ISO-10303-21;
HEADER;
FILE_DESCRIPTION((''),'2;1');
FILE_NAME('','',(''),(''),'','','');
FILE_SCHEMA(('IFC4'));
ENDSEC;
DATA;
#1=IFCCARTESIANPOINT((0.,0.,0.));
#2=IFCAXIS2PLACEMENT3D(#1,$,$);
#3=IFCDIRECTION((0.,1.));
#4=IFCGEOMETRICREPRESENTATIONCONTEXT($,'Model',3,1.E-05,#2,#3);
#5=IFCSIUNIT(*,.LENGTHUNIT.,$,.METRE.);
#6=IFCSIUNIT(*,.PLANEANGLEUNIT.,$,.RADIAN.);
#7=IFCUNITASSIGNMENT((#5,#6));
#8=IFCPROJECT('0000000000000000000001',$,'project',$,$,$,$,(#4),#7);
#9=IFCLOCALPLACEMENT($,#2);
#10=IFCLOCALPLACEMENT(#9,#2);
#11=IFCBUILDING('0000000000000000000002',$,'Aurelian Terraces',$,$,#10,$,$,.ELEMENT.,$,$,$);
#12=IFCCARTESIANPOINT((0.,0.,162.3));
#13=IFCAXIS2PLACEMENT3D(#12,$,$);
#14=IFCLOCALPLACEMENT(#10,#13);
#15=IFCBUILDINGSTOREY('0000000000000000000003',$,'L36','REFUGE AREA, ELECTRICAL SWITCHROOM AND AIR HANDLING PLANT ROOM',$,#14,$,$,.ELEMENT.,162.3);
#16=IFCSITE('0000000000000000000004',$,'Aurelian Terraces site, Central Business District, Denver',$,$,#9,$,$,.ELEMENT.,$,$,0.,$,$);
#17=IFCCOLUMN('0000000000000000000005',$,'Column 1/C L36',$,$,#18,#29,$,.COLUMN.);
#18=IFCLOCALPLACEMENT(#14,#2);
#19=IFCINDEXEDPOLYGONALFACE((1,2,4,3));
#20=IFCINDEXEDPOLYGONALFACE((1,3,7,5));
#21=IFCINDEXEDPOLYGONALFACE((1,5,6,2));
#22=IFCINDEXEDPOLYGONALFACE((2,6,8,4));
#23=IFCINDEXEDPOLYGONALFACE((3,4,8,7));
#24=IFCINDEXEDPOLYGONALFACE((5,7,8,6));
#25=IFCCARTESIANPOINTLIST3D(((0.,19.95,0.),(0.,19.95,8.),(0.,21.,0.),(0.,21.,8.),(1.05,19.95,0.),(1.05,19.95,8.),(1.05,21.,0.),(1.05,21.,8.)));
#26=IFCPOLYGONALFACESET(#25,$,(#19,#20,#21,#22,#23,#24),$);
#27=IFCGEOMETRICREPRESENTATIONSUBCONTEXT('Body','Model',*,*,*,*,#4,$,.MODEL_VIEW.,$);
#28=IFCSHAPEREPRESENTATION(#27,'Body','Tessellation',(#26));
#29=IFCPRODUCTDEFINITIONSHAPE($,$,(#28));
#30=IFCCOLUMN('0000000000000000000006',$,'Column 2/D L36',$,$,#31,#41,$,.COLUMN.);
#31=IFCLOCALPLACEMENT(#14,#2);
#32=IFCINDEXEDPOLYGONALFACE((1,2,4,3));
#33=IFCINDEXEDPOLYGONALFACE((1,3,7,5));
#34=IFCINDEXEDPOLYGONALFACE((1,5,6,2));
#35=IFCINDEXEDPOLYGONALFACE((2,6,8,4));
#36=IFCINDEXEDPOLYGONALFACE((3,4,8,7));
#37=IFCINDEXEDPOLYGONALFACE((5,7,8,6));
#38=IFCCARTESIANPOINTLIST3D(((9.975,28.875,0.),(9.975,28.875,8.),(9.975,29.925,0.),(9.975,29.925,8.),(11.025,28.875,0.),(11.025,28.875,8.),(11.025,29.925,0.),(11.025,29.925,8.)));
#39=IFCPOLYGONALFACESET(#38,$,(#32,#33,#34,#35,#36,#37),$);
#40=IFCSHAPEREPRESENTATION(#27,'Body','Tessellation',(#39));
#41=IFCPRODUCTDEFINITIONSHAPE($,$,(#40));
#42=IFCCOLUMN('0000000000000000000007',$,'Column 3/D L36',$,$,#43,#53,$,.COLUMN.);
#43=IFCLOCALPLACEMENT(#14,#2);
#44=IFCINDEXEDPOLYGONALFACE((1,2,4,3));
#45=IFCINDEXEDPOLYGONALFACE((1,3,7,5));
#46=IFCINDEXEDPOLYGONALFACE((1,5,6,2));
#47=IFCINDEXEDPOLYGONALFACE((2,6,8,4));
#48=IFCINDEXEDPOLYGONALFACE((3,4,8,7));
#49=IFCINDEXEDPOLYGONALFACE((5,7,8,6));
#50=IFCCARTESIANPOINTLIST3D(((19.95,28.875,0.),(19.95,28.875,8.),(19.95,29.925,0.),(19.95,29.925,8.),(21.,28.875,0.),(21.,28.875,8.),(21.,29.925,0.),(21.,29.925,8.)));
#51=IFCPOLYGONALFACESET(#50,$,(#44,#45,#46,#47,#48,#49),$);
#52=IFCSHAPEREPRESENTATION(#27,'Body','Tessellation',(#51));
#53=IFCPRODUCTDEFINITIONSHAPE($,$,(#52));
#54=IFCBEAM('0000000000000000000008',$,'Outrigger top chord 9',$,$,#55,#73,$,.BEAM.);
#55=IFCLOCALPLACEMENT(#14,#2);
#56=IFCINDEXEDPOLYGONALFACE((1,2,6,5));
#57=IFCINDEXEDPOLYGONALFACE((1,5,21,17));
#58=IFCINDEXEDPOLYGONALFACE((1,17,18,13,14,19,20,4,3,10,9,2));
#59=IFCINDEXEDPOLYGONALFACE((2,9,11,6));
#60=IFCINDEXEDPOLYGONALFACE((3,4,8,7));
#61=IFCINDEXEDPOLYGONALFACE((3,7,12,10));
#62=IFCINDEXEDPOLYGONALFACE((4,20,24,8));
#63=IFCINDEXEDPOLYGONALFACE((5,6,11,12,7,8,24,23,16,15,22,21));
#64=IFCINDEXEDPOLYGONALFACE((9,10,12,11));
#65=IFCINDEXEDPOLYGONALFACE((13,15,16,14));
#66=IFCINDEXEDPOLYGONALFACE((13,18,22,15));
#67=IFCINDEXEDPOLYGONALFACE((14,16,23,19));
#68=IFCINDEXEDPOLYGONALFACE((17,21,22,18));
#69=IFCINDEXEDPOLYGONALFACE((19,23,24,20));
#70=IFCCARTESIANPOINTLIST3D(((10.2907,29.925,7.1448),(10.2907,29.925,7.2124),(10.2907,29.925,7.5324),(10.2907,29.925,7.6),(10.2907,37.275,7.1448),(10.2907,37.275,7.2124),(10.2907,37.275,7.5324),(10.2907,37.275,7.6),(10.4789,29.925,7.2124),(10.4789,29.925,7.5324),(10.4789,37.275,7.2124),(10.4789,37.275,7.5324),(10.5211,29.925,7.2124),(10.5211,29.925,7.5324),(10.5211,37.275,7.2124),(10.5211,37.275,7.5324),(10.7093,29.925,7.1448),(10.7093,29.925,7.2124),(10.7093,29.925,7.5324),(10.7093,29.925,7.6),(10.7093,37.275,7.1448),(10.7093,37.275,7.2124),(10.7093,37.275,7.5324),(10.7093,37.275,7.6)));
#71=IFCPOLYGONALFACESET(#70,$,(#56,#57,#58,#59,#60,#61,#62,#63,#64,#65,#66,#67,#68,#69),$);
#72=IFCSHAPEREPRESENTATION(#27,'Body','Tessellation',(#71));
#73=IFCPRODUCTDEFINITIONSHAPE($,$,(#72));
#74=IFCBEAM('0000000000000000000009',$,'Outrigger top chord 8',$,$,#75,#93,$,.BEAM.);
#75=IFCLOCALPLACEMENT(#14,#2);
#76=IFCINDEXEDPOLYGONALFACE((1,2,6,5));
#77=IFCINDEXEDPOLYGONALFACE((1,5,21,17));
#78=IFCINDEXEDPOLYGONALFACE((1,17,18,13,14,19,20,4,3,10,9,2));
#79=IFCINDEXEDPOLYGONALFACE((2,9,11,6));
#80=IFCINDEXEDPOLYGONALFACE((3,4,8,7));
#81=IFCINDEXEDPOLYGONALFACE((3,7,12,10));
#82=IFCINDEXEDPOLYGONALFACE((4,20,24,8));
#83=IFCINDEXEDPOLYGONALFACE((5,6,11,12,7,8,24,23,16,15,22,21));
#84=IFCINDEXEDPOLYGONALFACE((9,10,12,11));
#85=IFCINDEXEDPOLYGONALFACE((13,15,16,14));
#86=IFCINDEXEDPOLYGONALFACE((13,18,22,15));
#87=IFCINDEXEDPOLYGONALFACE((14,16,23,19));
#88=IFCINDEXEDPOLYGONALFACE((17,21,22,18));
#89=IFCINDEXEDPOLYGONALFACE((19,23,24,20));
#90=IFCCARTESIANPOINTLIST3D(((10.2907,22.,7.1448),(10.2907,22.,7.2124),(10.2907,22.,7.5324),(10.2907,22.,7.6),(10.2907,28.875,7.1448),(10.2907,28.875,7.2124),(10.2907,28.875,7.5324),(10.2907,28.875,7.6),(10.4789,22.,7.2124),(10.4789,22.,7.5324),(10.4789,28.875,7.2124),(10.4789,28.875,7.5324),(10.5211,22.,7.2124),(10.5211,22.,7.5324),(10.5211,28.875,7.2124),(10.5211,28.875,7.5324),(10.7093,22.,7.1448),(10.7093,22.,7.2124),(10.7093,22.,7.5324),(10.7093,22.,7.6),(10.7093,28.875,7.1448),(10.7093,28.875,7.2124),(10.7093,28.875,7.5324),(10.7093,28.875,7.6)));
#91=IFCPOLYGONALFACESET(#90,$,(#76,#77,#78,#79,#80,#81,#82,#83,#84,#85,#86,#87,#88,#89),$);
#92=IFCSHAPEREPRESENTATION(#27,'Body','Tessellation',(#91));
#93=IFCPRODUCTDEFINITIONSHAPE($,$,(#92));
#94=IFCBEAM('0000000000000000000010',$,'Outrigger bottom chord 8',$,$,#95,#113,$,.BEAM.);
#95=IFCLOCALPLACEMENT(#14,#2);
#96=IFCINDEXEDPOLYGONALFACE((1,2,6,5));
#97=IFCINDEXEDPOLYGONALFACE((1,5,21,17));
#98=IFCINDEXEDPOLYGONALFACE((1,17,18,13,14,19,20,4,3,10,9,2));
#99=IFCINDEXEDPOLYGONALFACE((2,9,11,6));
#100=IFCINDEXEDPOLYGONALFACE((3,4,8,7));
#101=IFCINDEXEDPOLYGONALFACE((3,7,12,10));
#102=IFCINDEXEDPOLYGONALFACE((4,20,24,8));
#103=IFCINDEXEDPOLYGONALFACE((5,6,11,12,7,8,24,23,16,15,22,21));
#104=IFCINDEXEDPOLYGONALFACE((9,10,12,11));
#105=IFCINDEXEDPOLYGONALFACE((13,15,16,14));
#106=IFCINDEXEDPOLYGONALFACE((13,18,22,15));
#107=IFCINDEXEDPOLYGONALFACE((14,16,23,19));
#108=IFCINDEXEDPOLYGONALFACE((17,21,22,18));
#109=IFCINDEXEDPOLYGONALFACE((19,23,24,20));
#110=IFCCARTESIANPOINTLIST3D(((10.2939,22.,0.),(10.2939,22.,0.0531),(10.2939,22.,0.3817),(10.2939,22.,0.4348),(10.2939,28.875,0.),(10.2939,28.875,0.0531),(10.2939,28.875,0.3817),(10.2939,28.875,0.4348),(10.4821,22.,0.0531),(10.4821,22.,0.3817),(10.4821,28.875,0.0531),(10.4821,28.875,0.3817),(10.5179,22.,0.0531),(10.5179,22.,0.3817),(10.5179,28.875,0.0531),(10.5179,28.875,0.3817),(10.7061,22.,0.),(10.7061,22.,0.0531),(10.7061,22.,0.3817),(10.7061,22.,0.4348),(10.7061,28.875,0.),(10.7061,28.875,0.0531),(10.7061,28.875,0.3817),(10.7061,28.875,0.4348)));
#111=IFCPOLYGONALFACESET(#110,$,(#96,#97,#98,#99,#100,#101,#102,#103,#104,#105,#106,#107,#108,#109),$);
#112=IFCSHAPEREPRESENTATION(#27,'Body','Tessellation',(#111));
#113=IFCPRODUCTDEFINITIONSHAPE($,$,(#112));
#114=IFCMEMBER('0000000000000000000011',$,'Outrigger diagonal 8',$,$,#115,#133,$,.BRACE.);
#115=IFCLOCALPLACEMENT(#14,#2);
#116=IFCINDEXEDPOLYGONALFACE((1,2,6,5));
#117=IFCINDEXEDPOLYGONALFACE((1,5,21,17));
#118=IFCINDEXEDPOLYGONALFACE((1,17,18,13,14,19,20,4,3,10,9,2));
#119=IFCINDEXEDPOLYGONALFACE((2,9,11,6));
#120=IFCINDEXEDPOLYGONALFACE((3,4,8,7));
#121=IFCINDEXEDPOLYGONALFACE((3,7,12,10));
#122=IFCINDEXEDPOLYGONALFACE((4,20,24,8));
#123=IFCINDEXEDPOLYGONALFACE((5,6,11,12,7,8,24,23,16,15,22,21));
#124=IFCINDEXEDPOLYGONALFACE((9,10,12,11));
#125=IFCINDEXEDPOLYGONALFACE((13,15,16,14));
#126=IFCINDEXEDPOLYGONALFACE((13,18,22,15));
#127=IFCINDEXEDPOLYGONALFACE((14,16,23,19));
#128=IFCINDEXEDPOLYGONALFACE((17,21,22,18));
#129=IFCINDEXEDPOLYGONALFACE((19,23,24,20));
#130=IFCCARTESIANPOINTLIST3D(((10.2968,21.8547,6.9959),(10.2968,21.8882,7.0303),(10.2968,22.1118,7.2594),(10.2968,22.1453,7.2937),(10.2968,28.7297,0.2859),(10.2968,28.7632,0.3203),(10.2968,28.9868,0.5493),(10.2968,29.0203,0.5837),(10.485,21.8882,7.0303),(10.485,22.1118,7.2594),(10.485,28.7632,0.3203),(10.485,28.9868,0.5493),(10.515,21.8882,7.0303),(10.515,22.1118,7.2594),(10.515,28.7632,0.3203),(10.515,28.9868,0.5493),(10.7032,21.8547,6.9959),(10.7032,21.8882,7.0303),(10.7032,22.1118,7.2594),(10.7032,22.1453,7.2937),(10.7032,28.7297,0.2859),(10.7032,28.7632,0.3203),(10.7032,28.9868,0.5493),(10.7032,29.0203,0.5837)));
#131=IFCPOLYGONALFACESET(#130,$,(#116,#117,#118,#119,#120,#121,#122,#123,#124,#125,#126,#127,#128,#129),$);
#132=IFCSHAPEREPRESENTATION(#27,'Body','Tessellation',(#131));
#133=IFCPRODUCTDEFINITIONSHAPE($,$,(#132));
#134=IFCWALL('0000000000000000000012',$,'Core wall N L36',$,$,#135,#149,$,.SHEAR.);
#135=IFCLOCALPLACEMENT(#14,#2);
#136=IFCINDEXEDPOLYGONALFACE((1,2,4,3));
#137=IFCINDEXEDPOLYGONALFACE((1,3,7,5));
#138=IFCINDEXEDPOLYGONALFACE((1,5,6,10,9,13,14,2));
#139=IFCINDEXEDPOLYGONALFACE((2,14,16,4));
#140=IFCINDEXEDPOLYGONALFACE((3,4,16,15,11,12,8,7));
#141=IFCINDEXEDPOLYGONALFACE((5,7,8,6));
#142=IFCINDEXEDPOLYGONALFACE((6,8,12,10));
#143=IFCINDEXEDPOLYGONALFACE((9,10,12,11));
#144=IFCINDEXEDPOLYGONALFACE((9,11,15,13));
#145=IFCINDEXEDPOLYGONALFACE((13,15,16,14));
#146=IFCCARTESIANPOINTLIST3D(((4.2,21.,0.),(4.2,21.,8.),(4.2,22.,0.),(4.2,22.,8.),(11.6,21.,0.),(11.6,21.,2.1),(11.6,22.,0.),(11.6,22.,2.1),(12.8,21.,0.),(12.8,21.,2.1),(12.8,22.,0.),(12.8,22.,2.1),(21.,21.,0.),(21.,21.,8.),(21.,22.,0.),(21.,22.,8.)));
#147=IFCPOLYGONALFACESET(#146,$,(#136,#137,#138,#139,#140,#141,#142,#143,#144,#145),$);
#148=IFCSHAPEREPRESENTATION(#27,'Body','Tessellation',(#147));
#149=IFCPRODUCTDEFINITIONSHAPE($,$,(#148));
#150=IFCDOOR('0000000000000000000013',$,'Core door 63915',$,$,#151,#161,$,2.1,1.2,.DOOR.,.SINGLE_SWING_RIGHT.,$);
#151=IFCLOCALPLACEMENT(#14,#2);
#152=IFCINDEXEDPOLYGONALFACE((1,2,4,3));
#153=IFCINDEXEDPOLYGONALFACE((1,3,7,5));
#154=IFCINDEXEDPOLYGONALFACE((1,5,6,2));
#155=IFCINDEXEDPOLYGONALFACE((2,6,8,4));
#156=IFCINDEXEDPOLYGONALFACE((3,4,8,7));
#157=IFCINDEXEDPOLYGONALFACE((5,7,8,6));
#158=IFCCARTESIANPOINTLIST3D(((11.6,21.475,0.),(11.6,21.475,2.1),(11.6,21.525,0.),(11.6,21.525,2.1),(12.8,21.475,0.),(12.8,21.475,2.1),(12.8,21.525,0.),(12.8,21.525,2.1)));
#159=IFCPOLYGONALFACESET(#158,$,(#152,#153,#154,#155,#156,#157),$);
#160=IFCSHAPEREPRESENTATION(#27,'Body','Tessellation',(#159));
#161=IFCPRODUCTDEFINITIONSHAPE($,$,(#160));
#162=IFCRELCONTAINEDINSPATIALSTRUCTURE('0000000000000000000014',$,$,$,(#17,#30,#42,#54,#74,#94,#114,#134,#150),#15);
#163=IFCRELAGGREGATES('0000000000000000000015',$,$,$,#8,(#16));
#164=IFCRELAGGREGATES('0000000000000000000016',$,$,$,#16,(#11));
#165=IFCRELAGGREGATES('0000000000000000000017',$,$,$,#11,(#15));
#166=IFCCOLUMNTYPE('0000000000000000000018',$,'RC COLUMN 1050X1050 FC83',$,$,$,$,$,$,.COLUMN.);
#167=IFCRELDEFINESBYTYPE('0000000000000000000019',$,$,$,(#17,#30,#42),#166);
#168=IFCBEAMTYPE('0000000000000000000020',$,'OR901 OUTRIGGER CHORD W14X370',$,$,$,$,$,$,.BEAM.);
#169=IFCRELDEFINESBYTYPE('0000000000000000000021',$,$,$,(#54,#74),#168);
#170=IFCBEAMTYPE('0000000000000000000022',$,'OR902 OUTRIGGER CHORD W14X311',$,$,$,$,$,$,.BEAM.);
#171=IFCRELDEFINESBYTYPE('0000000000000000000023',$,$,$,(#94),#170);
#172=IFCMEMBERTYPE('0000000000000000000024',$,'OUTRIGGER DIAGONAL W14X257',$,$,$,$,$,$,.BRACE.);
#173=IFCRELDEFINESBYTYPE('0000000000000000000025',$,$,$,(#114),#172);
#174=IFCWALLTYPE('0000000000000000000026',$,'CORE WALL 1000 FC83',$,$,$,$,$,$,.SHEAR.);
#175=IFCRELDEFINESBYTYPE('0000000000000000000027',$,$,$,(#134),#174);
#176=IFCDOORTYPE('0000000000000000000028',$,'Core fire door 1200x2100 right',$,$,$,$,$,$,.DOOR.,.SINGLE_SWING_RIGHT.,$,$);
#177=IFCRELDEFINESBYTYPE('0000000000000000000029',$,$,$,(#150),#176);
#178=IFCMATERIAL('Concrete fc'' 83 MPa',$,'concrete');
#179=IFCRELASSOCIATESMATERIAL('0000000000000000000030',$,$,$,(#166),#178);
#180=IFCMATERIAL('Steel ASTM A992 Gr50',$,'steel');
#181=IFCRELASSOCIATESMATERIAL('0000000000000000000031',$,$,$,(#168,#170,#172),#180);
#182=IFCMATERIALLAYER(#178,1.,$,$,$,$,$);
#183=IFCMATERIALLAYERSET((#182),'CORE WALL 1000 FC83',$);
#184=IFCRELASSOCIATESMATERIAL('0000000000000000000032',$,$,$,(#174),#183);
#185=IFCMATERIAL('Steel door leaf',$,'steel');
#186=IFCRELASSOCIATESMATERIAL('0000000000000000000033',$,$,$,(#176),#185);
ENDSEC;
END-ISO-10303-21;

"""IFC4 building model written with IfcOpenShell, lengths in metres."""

from ifc_helpers import new_model, si_unit, direction, frame, frame_2d, origin, origin_2d, place, context, subcontext, project, spatial, rectangle, i_section, extrude, source, transform, mapped, material, layer, layer_set, material_profile, profile_set, type_object, element, fill, save


model = new_model("IFC4")

# Units and contexts
model_context = context("Model", 3, precision=1e-05, world=origin(), true_north=direction((0.0, 1.0)))
body_context = subcontext(model_context, "Body", "Model", "MODEL_VIEW")
ifc_project = project(units=[si_unit("LENGTHUNIT", "METRE"), si_unit("PLANEANGLEUNIT", "RADIAN")], contexts=[model_context])

# Site, building, storey
site_placement = place(None, origin())
site = spatial("IfcSite", under=ifc_project, at=site_placement, Name="Aurelian Terraces site, Central Business District, Denver", CompositionType="ELEMENT", RefElevation=0.0)
building_placement = place(site_placement, origin())
building = spatial("IfcBuilding", under=site, at=building_placement, Name="Aurelian Terraces", CompositionType="ELEMENT")
storey_placement = place(building_placement, frame((0.0, 0.0, 162.3)))
storey = spatial("IfcBuildingStorey", under=building, at=storey_placement, Name="L36", Description="REFUGE AREA, ELECTRICAL SWITCHROOM AND AIR HANDLING PLANT ROOM", CompositionType="ELEMENT", Elevation=162.3)

# Columns
ifc_material_1 = material(Name="Concrete fc' 83 MPa", Category="concrete")
ifc_material_profile_1 = material_profile(ifc_material_1, rectangle(XDim=1.05, YDim=1.05, at=origin_2d()))
ifc_profile_set_1 = profile_set([ifc_material_profile_1], Name="Concrete fc' 83 MPa")
column_type = type_object("IfcColumnType", Name="RC COLUMN 1050X1050 FC83", PredefinedType="COLUMN", material=ifc_profile_set_1)
shared_shape_1 = source(origin(), body_context, "Body", "SweptSolid", [
    extrude(rectangle(XDim=1.05, YDim=1.05, at=origin_2d()), origin(), (0.0, 0.0, 1.0), 8.0),
])
for number, where, z_axis, x_axis, name in (
    (1, (0.525, 20.475, 0.0), (0.0, 0.0, 1.0), (1.0, 0.0, 0.0), "Column 1/C L36"),
    (2, (10.5, 29.4, 0.0), (0.0, 0.0, 1.0), (1.0, 0.0, 0.0), "Column 2/D L36"),
    (3, (20.475, 29.4, 0.0), (0.0, 0.0, 1.0), (1.0, 0.0, 0.0), "Column 3/D L36"),
):
    element("IfcColumn", number, at=place(storey_placement, frame(where, z_axis=z_axis, x_axis=x_axis)), inside=storey, type_object=column_type, Name=name, PredefinedType="COLUMN", context=body_context, shape_type="MappedRepresentation", body=[
        mapped(shared_shape_1, transform((0.0, 0.0, 0.0), scale=1.0)),
    ])

# Beams
ifc_material_2 = material(Name="Steel ASTM A992 Gr50", Category="steel")
ifc_material_profile_2 = material_profile(ifc_material_2, i_section(OverallWidth=0.4185, OverallDepth=0.4552, WebThickness=0.0422, FlangeThickness=0.0676, at=origin_2d()))
ifc_profile_set_2 = profile_set([ifc_material_profile_2], Name="Steel ASTM A992 Gr50")
beam_type_1 = type_object("IfcBeamType", Name="OR901 OUTRIGGER CHORD W14X370", PredefinedType="BEAM", material=ifc_profile_set_2)
shared_shape_2 = source(origin(), body_context, "Body", "SweptSolid", [
    extrude(i_section(OverallWidth=0.4185, OverallDepth=0.4552, WebThickness=0.0422, FlangeThickness=0.0676, at=origin_2d()), origin(), (0.0, 0.0, 1.0), 7.35),
])
beam_1_placement = place(storey_placement, frame((10.5, 29.925, 7.3724), z_axis=(0.0, 1.0, 0.0), x_axis=(-1.0, 0.0, 0.0)))
element("IfcBeam", 4, at=beam_1_placement, inside=storey, type_object=beam_type_1, Name="Outrigger top chord 9", PredefinedType="BEAM", context=body_context, shape_type="MappedRepresentation", body=[
    mapped(shared_shape_2, transform((0.0, 0.0, 0.0), scale=1.0)),
])
shared_shape_3 = source(origin(), body_context, "Body", "SweptSolid", [
    extrude(i_section(OverallWidth=0.4185, OverallDepth=0.4552, WebThickness=0.0422, FlangeThickness=0.0676, at=origin_2d()), origin(), (0.0, 0.0, 1.0), 6.875),
])
beam_2_placement = place(storey_placement, frame((10.5, 22.0, 7.3724), z_axis=(0.0, 1.0, 0.0), x_axis=(-1.0, 0.0, 0.0)))
element("IfcBeam", 5, at=beam_2_placement, inside=storey, type_object=beam_type_1, Name="Outrigger top chord 8", PredefinedType="BEAM", context=body_context, shape_type="MappedRepresentation", body=[
    mapped(shared_shape_3, transform((0.0, 0.0, 0.0), scale=1.0)),
])
ifc_material_profile_3 = material_profile(ifc_material_2, i_section(OverallWidth=0.4122, OverallDepth=0.4348, WebThickness=0.0358, FlangeThickness=0.0531, at=origin_2d()))
ifc_profile_set_3 = profile_set([ifc_material_profile_3], Name="Steel ASTM A992 Gr50")
beam_type_2 = type_object("IfcBeamType", Name="OR902 OUTRIGGER CHORD W14X311", PredefinedType="BEAM", material=ifc_profile_set_3)
shared_shape_4 = source(origin(), body_context, "Body", "SweptSolid", [
    extrude(i_section(OverallWidth=0.4122, OverallDepth=0.4348, WebThickness=0.0358, FlangeThickness=0.0531, at=origin_2d()), origin(), (0.0, 0.0, 1.0), 6.875),
])
beam_3_placement = place(storey_placement, frame((10.5, 22.0, 0.2174), z_axis=(0.0, 1.0, 0.0), x_axis=(-1.0, 0.0, 0.0)))
element("IfcBeam", 6, at=beam_3_placement, inside=storey, type_object=beam_type_2, Name="Outrigger bottom chord 8", PredefinedType="BEAM", context=body_context, shape_type="MappedRepresentation", body=[
    mapped(shared_shape_4, transform((0.0, 0.0, 0.0), scale=1.0)),
])

# Member
ifc_material_profile_4 = material_profile(ifc_material_2, i_section(OverallWidth=0.4063, OverallDepth=0.4161, WebThickness=0.03, FlangeThickness=0.048, at=origin_2d()))
ifc_profile_set_4 = profile_set([ifc_material_profile_4], Name="Steel ASTM A992 Gr50")
member_type = type_object("IfcMemberType", Name="OUTRIGGER DIAGONAL W14X257", PredefinedType="BRACE", material=ifc_profile_set_4)
shared_shape_5 = source(origin(), body_context, "Body", "SweptSolid", [
    extrude(i_section(OverallWidth=0.4063, OverallDepth=0.4161, WebThickness=0.03, FlangeThickness=0.048, at=origin_2d()), origin(), (0.0, 0.0, 1.0), 9.6068),
])
member_placement = place(storey_placement, frame((10.5, 28.875, 0.4348), z_axis=(0.0, -0.715642, 0.698467), x_axis=(1.0, 0.0, 0.0)))
element("IfcMember", 7, at=member_placement, inside=storey, type_object=member_type, Name="Outrigger diagonal 8", PredefinedType="BRACE", context=body_context, shape_type="MappedRepresentation", body=[
    mapped(shared_shape_5, transform((0.0, 0.0, 0.0), scale=1.0)),
])

# Wall, opening, door
ifc_layer_1 = layer(ifc_material_1, 1.0)
ifc_layer_set_1 = layer_set([ifc_layer_1], Name="CORE WALL 1000 FC83")
wall_type_1 = type_object("IfcWallType", Name="CORE WALL 1000 FC83", PredefinedType="SHEAR", material=ifc_layer_set_1)
shared_shape_6 = source(origin(), body_context, "Body", "SweptSolid", [
    extrude(rectangle(XDim=16.8, YDim=1.0, at=frame_2d((8.4, 0.0))), origin(), (0.0, 0.0, 1.0), 8.0),
])
wall_1_placement = place(storey_placement, frame((4.2, 21.5, 0.0), z_axis=(0.0, 0.0, 1.0), x_axis=(1.0, 0.0, 0.0)))
wall_1 = element("IfcWall", 8, at=wall_1_placement, inside=storey, type_object=wall_type_1, Name="Core wall N L36", PredefinedType="SHEAR", context=body_context, shape_type="MappedRepresentation", body=[
    mapped(shared_shape_6, transform((0.0, 0.0, 0.0), scale=1.0)),
])
shared_shape_7 = source(origin(), body_context, "Body", "SweptSolid", [
    extrude(rectangle(XDim=1.2, YDim=2.1, at=frame_2d((0.6, 1.05))), frame((0.0, 0.51, 0.0), z_axis=(0.0, -1.0, 0.0), x_axis=(1.0, 0.0, 0.0)), (0.0, 0.0, 1.0), 1.02),
])
opening_1_placement = place(wall_1_placement, frame((7.4, 0.0, 0.0)))
opening_1 = element("IfcOpeningElement", 9, at=opening_1_placement, cuts=wall_1, PredefinedType="OPENING", context=body_context, shape_type="MappedRepresentation", body=[
    mapped(shared_shape_7, transform((0.0, 0.0, 0.0), scale=1.0)),
])
ifc_material_3 = material(Name="Steel door leaf", Category="steel")
door_type_1 = type_object("IfcDoorType", Name="Core fire door 1200x2100 right", OperationType="SINGLE_SWING_RIGHT", PredefinedType="DOOR", material=ifc_material_3)
shared_shape_8 = source(origin(), body_context, "Body", "SweptSolid", [
    extrude(rectangle(XDim=1.2, YDim=2.1, at=frame_2d((0.6, 1.05))), frame((0.0, 0.025, 0.0), z_axis=(0.0, -1.0, 0.0), x_axis=(1.0, 0.0, 0.0)), (0.0, 0.0, 1.0), 0.05),
])
door_1_placement = place(opening_1_placement, origin())
door_1 = element("IfcDoor", 10, at=door_1_placement, inside=storey, type_object=door_type_1, Name="Core door 63915", OperationType="SINGLE_SWING_RIGHT", OverallHeight=2.1, OverallWidth=1.2, PredefinedType="DOOR", context=body_context, shape_type="MappedRepresentation", body=[
    mapped(shared_shape_8, transform((0.0, 0.0, 0.0), scale=1.0)),
])
fill(opening_1, door_1)

save(model, "model.ifc")
